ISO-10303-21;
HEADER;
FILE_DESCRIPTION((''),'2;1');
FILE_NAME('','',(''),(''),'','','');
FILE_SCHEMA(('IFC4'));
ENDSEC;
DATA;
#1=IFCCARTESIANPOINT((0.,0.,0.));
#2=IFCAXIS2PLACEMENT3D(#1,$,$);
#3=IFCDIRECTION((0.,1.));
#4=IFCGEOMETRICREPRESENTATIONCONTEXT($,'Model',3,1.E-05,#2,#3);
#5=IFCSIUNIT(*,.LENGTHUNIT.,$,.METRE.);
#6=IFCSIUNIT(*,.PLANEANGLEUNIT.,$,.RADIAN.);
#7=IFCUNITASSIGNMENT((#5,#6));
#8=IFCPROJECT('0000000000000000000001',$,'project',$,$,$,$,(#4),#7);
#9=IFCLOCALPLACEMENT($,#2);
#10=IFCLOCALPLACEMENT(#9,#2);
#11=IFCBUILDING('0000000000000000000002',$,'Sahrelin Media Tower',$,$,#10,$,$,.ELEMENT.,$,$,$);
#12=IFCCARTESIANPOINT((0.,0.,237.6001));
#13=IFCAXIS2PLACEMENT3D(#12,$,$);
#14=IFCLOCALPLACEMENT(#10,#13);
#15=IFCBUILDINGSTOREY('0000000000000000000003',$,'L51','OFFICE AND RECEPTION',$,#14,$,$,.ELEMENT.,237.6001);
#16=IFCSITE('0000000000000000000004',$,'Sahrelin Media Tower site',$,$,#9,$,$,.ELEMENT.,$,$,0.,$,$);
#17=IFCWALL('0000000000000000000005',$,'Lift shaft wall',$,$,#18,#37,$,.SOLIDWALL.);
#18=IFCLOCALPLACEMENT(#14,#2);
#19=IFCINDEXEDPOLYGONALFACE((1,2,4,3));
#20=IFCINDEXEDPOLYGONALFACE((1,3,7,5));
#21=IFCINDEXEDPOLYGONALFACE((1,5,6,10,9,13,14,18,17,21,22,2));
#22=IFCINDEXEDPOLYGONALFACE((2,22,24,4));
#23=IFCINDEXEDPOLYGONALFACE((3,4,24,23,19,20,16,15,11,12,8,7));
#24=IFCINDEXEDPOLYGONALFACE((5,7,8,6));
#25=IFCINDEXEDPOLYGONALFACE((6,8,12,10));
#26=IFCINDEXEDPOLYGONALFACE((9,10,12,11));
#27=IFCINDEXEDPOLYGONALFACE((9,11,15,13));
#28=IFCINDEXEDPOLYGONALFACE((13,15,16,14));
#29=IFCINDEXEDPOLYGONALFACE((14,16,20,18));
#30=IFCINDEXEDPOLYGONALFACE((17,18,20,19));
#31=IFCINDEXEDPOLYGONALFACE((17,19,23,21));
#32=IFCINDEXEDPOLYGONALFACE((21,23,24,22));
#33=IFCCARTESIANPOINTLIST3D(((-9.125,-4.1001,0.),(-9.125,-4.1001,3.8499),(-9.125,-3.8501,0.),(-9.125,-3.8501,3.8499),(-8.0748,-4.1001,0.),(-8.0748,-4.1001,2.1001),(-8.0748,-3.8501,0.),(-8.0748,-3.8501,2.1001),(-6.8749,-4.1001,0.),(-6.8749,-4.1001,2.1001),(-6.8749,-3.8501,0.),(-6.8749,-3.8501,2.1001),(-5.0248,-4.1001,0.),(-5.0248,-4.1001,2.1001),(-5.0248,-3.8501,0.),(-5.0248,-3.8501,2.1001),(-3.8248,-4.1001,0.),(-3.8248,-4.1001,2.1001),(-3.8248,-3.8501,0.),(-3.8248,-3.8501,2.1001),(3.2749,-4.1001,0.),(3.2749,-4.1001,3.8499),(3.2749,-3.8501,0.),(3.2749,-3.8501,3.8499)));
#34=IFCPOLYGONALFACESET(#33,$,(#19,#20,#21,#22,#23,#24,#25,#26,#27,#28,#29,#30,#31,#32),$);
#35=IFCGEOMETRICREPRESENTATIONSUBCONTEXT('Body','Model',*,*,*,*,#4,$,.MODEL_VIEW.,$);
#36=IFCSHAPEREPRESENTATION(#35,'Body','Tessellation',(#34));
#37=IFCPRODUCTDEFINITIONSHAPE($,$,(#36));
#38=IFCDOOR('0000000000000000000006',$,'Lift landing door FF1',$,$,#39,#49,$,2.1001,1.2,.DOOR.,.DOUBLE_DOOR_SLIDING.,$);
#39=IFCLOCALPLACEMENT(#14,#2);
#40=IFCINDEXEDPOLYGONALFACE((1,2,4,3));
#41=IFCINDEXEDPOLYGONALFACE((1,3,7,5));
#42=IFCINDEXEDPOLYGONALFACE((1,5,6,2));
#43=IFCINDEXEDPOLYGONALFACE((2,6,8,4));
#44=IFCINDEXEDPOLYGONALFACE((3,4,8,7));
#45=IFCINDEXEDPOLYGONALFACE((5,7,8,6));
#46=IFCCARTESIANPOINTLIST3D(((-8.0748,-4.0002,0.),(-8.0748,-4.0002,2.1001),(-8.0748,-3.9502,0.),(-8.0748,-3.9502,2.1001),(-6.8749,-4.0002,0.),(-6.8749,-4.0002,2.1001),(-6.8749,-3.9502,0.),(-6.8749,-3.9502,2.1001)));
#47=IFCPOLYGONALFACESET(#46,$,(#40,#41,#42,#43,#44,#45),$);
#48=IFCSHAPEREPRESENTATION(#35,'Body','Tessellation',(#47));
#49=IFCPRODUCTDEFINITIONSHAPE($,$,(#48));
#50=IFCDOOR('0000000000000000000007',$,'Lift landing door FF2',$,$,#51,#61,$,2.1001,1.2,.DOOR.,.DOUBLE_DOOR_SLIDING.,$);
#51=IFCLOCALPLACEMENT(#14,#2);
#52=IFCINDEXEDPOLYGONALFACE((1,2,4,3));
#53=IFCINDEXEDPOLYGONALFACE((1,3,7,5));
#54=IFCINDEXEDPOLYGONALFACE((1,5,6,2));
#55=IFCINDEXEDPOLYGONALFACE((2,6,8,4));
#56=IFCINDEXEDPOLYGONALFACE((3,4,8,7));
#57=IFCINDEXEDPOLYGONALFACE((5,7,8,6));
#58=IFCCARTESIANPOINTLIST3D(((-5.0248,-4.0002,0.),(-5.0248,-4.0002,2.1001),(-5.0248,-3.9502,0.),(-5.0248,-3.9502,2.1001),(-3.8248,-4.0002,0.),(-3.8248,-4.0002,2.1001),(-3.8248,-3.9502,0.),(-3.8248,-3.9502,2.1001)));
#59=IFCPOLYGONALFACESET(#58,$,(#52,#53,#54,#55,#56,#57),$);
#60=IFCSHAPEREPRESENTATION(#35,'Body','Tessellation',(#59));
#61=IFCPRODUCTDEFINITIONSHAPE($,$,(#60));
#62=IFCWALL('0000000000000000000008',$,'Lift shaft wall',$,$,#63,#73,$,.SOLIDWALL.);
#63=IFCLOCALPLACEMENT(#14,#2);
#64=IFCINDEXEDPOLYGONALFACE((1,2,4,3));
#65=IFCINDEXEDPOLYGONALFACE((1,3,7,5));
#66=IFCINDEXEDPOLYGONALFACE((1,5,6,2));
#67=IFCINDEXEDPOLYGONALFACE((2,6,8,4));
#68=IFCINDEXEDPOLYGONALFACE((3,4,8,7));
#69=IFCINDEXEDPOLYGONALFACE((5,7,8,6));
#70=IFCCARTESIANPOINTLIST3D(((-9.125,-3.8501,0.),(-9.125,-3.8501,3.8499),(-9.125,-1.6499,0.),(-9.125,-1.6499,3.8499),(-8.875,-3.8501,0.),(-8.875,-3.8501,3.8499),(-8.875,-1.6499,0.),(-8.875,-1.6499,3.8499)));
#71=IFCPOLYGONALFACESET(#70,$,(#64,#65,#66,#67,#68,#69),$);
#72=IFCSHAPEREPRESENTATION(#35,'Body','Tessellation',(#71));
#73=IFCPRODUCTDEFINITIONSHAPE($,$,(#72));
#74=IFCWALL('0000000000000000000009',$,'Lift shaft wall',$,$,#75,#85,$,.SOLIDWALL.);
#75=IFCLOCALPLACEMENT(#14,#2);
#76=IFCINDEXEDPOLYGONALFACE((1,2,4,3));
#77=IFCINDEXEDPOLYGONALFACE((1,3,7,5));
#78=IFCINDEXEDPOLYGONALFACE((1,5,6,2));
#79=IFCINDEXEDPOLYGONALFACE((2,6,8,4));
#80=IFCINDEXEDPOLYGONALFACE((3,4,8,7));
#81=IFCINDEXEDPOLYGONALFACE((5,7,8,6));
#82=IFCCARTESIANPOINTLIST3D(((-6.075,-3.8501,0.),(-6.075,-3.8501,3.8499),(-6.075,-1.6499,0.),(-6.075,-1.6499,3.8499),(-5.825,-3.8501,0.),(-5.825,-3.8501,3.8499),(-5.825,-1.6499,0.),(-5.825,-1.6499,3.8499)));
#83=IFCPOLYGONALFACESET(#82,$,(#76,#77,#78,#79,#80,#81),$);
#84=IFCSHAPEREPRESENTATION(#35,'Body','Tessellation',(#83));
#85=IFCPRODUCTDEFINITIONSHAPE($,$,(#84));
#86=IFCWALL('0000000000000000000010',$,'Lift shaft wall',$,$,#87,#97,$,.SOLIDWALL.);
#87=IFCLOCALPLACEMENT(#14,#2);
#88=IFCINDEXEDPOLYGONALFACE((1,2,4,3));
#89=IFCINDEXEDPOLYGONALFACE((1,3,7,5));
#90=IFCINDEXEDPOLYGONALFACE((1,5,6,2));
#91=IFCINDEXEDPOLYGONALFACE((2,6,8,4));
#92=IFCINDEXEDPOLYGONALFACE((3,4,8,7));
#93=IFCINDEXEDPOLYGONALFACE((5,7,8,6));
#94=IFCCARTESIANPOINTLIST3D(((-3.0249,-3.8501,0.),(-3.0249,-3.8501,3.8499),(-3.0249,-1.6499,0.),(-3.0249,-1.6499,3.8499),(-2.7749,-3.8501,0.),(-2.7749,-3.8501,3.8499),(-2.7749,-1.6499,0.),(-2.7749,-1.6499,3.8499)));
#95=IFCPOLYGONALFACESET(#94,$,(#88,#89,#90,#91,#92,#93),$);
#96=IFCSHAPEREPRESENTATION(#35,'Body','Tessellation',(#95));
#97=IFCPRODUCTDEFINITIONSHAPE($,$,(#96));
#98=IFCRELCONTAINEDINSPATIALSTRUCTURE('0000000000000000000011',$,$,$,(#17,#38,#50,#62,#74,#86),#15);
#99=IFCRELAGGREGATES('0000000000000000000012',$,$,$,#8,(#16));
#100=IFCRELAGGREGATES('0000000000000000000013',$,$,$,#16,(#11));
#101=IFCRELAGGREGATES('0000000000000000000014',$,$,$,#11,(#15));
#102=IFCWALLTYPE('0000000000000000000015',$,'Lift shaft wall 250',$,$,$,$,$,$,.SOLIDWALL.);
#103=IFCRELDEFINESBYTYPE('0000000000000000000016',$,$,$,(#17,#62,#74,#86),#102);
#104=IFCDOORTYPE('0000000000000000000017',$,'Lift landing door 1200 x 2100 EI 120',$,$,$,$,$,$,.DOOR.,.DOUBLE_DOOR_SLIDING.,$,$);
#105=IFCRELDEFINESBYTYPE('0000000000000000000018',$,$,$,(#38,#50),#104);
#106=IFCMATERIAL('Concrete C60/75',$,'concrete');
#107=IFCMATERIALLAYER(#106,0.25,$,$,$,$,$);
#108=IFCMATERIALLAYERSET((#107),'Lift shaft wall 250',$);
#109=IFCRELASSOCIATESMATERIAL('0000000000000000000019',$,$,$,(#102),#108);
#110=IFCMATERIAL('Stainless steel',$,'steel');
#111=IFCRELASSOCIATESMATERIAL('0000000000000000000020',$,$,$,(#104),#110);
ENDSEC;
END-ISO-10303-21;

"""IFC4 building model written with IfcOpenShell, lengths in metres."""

from ifc_helpers import new_model, si_unit, direction, frame, frame_2d, origin, place, context, subcontext, project, spatial, rectangle, extrude, material, layer, layer_set, type_object, element, fill, save


model = new_model("IFC4")

# Units and contexts
model_context = context("Model", 3, precision=1e-05, world=origin(), true_north=direction((0.0, 1.0)))
body_context = subcontext(model_context, "Body", "Model", "MODEL_VIEW")
ifc_project = project(units=[si_unit("LENGTHUNIT", "METRE"), si_unit("PLANEANGLEUNIT", "RADIAN")], contexts=[model_context])

# Site, building, storey
site_placement = place(None, origin())
site = spatial("IfcSite", under=ifc_project, at=site_placement, Name="Sahrelin Media Tower site", CompositionType="ELEMENT", RefElevation=0.0)
building_placement = place(site_placement, origin())
building = spatial("IfcBuilding", under=site, at=building_placement, Name="Sahrelin Media Tower", CompositionType="ELEMENT")
storey_placement = place(building_placement, frame((0.0, 0.0, 237.6001)))
storey = spatial("IfcBuildingStorey", under=building, at=storey_placement, Name="L51", Description="OFFICE AND RECEPTION", CompositionType="ELEMENT", Elevation=237.6001)

# Shared definitions
ifc_material_1 = material(Name="Concrete C60/75", Category="concrete")

# Wall, openings, doors
ifc_layer_1 = layer(ifc_material_1, 0.25)
ifc_layer_set_1 = layer_set([ifc_layer_1], Name="Lift shaft wall 250")
wall_type_1 = type_object("IfcWallType", Name="Lift shaft wall 250", PredefinedType="SOLIDWALL", material=ifc_layer_set_1)
ifc_material_2 = material(Name="Stainless steel", Category="steel")
door_type_1 = type_object("IfcDoorType", Name="Lift landing door 1200 x 2100 EI 120", OperationType="DOUBLE_DOOR_SLIDING", PredefinedType="DOOR", material=ifc_material_2)
wall_1_placement = place(storey_placement, frame((-9.125, -3.9751, 0.0), z_axis=(0.0, 0.0, 1.0), x_axis=(1.0, 0.0, 0.0)))
wall_1 = element("IfcWall", 1, at=wall_1_placement, inside=storey, type_object=wall_type_1, Name="Lift shaft wall", PredefinedType="SOLIDWALL", context=body_context, shape_type="SweptSolid", body=[
    extrude(rectangle(XDim=12.3999, YDim=0.25, at=frame_2d((6.2, 0.0))), origin(), (0.0, 0.0, 1.0), 3.8499),
])
opening_1_placement = place(wall_1_placement, frame((1.05, 0.0, 0.0)))
opening_1 = element("IfcOpeningElement", 2, at=opening_1_placement, cuts=wall_1, PredefinedType="OPENING", context=body_context, shape_type="SweptSolid", body=[
    extrude(rectangle(XDim=1.2, YDim=2.1001, at=frame_2d((0.6001, 1.05))), frame((0.0, 0.125, 0.0), z_axis=(0.0, -1.0, 0.0), x_axis=(1.0, 0.0, 0.0)), (0.0, 0.0, 1.0), 0.25),
])
opening_2_placement = place(wall_1_placement, frame((4.1001, 0.0, 0.0)))
opening_2 = element("IfcOpeningElement", 3, at=opening_2_placement, cuts=wall_1, PredefinedType="OPENING", context=body_context, shape_type="SweptSolid", body=[
    extrude(rectangle(XDim=1.2, YDim=2.1001, at=frame_2d((0.6001, 1.05))), frame((0.0, 0.125, 0.0), z_axis=(0.0, -1.0, 0.0), x_axis=(1.0, 0.0, 0.0)), (0.0, 0.0, 1.0), 0.25),
])
door_1_placement = place(opening_1_placement, origin())
door_1 = element("IfcDoor", 4, at=door_1_placement, inside=storey, type_object=door_type_1, Name="Lift landing door FF1", OperationType="DOUBLE_DOOR_SLIDING", OverallHeight=2.1001, OverallWidth=1.2, PredefinedType="DOOR", context=body_context, shape_type="SweptSolid", body=[
    extrude(rectangle(XDim=1.2, YDim=2.1001, at=frame_2d((0.6001, 1.05))), frame((0.0, 0.0249, 0.0), z_axis=(0.0, -1.0, 0.0), x_axis=(1.0, 0.0, 0.0)), (0.0, 0.0, 1.0), 0.05),
])
fill(opening_1, door_1)
door_2_placement = place(opening_2_placement, origin())
door_2 = element("IfcDoor", 5, at=door_2_placement, inside=storey, type_object=door_type_1, Name="Lift landing door FF2", OperationType="DOUBLE_DOOR_SLIDING", OverallHeight=2.1001, OverallWidth=1.2, PredefinedType="DOOR", context=body_context, shape_type="SweptSolid", body=[
    extrude(rectangle(XDim=1.2, YDim=2.1001, at=frame_2d((0.6001, 1.05))), frame((0.0, 0.0249, 0.0), z_axis=(0.0, -1.0, 0.0), x_axis=(1.0, 0.0, 0.0)), (0.0, 0.0, 1.0), 0.05),
])
fill(opening_2, door_2)

# Walls
for number, where, z_axis, x_axis, name in (
    (6, (-9.0, -3.8501, 0.0), (0.0, 0.0, 1.0), (0.0, 1.0, 0.0), "Lift shaft wall"),
    (7, (-5.95, -3.8501, 0.0), (0.0, 0.0, 1.0), (0.0, 1.0, 0.0), "Lift shaft wall"),
    (8, (-2.8999, -3.8501, 0.0), (0.0, 0.0, 1.0), (0.0, 1.0, 0.0), "Lift shaft wall"),
):
    element("IfcWall", number, at=place(storey_placement, frame(where, z_axis=z_axis, x_axis=x_axis)), inside=storey, type_object=wall_type_1, Name=name, PredefinedType="SOLIDWALL", context=body_context, shape_type="SweptSolid", body=[
        extrude(rectangle(XDim=2.2002, YDim=0.25, at=frame_2d((1.1001, 0.0))), origin(), (0.0, 0.0, 1.0), 3.8499),
    ])

save(model, "model.ifc")
